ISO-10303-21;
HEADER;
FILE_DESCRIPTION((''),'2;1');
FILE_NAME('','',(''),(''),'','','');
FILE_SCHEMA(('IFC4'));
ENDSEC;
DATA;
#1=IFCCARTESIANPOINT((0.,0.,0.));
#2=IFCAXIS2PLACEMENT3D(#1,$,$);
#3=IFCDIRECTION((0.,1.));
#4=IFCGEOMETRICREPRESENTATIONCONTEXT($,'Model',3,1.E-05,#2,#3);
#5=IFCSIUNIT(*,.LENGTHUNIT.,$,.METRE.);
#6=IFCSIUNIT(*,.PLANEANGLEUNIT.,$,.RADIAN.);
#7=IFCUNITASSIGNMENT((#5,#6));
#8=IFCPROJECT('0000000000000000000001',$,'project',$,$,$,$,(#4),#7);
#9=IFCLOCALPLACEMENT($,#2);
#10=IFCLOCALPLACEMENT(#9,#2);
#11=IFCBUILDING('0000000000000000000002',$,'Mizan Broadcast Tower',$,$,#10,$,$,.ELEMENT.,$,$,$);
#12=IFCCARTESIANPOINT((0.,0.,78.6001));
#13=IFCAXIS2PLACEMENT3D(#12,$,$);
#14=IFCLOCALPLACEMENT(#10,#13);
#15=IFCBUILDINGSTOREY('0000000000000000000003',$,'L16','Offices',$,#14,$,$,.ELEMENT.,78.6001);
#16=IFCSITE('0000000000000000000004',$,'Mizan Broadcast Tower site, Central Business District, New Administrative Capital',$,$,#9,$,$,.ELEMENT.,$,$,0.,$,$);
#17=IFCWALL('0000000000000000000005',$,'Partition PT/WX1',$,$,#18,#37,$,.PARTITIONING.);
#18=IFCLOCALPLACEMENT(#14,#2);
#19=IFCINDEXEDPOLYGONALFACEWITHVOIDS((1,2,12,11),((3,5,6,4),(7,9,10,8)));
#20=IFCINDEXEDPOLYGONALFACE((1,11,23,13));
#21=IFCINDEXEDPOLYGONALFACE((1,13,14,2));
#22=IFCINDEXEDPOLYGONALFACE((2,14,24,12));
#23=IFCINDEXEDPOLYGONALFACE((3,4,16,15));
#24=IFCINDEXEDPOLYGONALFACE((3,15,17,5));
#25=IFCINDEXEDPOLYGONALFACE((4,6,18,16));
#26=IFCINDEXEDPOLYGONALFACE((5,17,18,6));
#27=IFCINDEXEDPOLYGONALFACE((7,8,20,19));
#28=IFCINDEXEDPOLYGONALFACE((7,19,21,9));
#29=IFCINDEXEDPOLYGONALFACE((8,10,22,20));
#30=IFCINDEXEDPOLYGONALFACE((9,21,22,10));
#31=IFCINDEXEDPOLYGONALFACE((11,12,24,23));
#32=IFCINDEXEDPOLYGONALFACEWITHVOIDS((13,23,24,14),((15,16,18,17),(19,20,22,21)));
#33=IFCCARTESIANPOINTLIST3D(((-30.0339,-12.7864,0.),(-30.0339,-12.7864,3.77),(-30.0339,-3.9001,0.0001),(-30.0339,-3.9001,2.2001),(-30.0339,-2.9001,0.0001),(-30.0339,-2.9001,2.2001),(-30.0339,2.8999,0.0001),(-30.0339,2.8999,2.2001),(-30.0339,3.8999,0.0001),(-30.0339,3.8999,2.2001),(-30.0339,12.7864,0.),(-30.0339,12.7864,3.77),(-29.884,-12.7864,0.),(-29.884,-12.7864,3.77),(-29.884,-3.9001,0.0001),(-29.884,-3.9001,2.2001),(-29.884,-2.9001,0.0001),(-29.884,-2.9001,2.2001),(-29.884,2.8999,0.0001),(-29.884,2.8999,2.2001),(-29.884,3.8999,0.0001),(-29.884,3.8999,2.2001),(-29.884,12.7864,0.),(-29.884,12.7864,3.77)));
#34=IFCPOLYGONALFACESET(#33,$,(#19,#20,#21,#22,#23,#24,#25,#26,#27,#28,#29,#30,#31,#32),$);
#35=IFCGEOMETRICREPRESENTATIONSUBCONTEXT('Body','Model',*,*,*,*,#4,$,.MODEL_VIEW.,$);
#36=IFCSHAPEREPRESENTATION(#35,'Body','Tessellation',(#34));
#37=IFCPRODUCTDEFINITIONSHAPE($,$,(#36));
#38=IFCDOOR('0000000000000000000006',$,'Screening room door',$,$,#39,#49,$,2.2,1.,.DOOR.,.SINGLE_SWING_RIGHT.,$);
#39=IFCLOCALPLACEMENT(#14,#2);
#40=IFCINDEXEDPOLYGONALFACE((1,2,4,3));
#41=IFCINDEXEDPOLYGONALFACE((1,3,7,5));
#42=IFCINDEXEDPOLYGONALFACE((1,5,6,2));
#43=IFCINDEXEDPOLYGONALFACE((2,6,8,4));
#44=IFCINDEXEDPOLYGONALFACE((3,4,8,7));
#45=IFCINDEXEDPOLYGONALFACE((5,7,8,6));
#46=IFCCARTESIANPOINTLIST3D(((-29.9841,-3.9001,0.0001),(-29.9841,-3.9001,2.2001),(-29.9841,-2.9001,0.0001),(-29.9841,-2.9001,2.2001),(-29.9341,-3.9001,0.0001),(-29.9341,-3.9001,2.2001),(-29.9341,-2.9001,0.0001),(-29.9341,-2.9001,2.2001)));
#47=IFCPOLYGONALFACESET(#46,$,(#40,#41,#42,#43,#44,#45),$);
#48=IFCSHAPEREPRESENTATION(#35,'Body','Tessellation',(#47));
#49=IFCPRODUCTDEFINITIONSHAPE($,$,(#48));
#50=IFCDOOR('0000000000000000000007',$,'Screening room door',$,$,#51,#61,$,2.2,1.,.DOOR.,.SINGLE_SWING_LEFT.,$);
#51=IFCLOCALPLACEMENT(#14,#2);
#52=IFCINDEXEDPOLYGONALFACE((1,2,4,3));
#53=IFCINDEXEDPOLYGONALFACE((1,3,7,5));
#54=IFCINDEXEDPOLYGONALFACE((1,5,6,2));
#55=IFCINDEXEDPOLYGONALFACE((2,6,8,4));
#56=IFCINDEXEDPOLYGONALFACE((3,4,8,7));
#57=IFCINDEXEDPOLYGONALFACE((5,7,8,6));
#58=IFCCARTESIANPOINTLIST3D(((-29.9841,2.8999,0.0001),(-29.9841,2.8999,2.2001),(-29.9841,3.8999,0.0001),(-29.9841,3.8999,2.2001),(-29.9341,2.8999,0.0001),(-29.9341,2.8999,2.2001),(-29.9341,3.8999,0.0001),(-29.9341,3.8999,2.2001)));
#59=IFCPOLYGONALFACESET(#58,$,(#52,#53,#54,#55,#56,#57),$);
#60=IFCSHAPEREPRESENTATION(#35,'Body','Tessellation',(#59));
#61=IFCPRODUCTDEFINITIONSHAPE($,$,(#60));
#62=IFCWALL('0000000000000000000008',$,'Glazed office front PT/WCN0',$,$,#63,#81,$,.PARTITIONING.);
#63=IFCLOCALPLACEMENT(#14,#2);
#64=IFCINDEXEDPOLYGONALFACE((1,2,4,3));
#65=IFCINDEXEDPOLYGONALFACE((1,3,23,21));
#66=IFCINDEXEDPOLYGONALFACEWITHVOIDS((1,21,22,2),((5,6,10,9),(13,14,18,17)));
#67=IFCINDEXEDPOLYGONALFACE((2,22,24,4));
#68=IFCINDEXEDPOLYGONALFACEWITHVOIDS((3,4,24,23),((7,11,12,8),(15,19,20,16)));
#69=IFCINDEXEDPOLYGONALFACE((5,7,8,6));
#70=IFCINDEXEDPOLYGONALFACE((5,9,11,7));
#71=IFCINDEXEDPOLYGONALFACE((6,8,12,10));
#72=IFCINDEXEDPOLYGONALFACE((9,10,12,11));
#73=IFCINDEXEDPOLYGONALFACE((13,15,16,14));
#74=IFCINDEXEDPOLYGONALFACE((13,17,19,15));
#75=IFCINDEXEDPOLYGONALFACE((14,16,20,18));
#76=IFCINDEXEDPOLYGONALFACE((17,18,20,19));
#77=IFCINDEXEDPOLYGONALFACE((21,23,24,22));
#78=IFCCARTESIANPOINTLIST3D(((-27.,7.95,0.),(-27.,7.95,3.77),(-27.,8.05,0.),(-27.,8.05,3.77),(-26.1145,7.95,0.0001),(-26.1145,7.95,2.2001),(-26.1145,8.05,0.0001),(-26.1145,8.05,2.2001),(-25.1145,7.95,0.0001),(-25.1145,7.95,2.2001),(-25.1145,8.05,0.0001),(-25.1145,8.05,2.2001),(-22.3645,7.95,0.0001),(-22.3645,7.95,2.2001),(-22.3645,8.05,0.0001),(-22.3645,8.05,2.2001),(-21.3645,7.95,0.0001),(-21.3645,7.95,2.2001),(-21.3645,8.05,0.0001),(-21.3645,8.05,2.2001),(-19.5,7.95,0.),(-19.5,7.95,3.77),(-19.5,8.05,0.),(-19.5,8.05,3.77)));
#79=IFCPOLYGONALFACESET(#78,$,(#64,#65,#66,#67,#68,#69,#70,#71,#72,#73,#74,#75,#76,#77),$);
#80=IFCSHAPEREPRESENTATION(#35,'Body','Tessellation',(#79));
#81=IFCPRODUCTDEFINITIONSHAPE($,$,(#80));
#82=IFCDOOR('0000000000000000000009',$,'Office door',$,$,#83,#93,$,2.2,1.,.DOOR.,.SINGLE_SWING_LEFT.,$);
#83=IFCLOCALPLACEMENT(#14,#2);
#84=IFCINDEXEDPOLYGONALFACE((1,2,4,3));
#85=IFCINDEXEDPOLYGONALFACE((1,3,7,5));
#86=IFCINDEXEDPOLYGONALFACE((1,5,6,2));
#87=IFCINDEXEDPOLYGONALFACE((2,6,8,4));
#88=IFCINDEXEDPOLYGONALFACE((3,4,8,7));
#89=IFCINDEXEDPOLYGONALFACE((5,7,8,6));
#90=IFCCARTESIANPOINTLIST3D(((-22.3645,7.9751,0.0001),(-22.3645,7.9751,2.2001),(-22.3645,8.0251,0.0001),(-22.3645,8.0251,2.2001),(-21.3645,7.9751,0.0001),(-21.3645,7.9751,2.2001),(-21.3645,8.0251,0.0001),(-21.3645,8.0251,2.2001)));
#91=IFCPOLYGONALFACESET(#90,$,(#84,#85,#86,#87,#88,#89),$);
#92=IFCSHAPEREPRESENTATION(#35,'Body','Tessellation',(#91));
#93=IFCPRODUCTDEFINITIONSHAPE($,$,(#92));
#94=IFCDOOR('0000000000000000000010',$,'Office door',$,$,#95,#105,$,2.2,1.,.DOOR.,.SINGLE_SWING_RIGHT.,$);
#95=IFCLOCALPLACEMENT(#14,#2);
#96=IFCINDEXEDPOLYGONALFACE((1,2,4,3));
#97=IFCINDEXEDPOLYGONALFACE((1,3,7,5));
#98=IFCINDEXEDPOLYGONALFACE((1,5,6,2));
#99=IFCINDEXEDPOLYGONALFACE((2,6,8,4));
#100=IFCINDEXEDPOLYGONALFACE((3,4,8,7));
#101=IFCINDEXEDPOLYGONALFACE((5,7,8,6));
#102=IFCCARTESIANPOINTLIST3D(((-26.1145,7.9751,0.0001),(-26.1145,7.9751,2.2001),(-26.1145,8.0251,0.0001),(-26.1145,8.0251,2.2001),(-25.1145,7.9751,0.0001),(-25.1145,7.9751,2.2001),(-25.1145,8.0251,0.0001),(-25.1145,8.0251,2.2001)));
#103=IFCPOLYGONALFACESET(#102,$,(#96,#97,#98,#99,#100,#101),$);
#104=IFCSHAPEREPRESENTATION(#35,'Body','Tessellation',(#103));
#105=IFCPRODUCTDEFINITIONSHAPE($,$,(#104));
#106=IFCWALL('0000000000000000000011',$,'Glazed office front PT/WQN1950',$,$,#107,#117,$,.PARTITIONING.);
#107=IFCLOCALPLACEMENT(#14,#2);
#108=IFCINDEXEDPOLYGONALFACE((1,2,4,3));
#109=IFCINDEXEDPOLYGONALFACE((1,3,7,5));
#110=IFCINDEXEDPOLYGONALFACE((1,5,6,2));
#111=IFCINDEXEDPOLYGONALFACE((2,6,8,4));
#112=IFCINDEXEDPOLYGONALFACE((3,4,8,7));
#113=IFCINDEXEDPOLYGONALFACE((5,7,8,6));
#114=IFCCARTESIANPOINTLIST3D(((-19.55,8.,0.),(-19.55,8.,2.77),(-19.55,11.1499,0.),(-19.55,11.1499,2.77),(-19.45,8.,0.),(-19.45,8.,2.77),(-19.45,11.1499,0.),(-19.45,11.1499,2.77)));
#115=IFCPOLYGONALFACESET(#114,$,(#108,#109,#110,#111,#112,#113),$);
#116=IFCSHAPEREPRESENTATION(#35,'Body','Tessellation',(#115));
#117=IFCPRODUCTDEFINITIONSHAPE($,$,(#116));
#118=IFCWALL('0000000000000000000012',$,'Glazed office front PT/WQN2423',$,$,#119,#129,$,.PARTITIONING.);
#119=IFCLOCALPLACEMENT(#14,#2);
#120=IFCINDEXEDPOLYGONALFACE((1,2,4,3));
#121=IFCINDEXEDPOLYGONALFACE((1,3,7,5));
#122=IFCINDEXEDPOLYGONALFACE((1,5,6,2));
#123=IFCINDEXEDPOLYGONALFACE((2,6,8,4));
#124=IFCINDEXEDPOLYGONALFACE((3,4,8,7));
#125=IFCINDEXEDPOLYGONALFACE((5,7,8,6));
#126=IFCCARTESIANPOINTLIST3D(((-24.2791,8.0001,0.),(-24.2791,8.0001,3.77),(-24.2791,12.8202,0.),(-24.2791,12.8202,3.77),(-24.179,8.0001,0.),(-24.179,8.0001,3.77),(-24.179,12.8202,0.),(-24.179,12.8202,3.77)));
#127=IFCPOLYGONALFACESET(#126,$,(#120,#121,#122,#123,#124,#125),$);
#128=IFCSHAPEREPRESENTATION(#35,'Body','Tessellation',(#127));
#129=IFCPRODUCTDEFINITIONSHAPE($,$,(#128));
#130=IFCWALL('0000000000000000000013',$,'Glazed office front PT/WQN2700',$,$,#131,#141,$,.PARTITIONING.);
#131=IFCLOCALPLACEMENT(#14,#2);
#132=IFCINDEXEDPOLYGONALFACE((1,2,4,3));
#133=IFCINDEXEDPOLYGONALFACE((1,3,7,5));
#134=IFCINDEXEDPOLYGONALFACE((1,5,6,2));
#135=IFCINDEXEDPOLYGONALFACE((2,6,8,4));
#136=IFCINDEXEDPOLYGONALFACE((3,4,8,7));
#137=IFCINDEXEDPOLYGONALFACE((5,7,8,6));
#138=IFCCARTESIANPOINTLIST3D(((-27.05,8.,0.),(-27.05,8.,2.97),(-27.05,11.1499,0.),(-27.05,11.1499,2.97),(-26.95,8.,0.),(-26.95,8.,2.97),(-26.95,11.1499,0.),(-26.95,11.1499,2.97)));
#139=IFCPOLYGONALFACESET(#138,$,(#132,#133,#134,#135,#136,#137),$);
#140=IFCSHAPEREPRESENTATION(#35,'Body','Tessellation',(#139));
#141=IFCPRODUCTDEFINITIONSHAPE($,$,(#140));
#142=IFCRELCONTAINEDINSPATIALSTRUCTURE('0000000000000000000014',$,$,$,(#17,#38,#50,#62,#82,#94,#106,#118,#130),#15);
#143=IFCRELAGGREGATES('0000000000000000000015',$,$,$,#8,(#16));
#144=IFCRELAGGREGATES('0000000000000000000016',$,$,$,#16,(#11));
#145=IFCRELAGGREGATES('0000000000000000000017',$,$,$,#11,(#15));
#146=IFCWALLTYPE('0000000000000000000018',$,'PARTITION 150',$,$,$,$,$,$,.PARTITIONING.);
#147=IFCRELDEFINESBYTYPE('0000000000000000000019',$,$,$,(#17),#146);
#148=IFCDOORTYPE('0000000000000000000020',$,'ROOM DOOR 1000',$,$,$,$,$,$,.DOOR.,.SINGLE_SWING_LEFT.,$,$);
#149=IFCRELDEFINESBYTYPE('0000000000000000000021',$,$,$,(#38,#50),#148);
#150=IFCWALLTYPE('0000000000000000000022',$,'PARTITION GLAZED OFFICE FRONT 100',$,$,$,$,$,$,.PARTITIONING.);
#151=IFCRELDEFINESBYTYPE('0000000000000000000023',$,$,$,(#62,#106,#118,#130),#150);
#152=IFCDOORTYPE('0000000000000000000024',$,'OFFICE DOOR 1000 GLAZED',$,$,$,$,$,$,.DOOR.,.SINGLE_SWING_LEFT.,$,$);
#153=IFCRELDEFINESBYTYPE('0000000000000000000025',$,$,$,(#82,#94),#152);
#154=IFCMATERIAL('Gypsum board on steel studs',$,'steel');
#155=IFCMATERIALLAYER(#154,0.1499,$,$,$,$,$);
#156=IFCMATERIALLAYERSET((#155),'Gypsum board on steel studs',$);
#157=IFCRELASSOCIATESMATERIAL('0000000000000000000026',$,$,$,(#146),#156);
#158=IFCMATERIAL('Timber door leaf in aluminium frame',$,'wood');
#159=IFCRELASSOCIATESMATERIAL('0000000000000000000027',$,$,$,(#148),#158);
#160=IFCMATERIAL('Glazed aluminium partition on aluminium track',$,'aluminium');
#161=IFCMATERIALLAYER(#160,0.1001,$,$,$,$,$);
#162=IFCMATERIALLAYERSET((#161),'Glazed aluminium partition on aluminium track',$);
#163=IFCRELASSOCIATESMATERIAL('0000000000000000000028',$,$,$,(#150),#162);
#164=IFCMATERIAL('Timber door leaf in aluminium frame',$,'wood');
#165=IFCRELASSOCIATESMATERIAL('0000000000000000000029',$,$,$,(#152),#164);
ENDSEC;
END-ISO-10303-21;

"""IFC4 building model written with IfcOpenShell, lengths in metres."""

from ifc_helpers import new_model, si_unit, direction, frame, frame_2d, origin, place, context, subcontext, project, spatial, rectangle, extrude, material, layer, layer_set, type_object, element, fill, save


model = new_model("IFC4")

# Units and contexts
model_context = context("Model", 3, precision=1e-05, world=origin(), true_north=direction((0.0, 1.0)))
body_context = subcontext(model_context, "Body", "Model", "MODEL_VIEW")
ifc_project = project(units=[si_unit("LENGTHUNIT", "METRE"), si_unit("PLANEANGLEUNIT", "RADIAN")], contexts=[model_context])

# Site, building, storey
site_placement = place(None, origin())
site = spatial("IfcSite", under=ifc_project, at=site_placement, Name="Mizan Broadcast Tower site, Central Business District, New Administrative Capital", CompositionType="ELEMENT", RefElevation=0.0)
building_placement = place(site_placement, origin())
building = spatial("IfcBuilding", under=site, at=building_placement, Name="Mizan Broadcast Tower", CompositionType="ELEMENT")
storey_placement = place(building_placement, frame((0.0, 0.0, 78.6001)))
storey = spatial("IfcBuildingStorey", under=building, at=storey_placement, Name="L16", Description="Offices", CompositionType="ELEMENT", Elevation=78.6001)

# Walls, openings, doors
ifc_material_1 = material(Name="Gypsum board on steel studs", Category="steel")
ifc_layer_1 = layer(ifc_material_1, 0.1499)
ifc_layer_set_1 = layer_set([ifc_layer_1], Name="Gypsum board on steel studs")
wall_type_1 = type_object("IfcWallType", Name="PARTITION 150", PredefinedType="PARTITIONING", material=ifc_layer_set_1)
wall_1_placement = place(storey_placement, frame((-29.959, 12.7864, 0.0), z_axis=(0.0, 0.0, 1.0), x_axis=(0.0, -1.0, 0.0)))
wall_1 = element("IfcWall", 1, at=wall_1_placement, inside=storey, type_object=wall_type_1, Name="Partition PT/WX1", PredefinedType="PARTITIONING", context=body_context, shape_type="SweptSolid", body=[
    extrude(rectangle(XDim=25.5728, YDim=0.1499, at=frame_2d((12.7864, 0.0))), origin(), (0.0, 0.0, 1.0), 3.77),
])
opening_1_placement = place(wall_1_placement, frame((15.6865, 0.0, 0.0)))
opening_1 = element("IfcOpeningElement", 2, at=opening_1_placement, cuts=wall_1, PredefinedType="OPENING", context=body_context, shape_type="SweptSolid", body=[
    extrude(rectangle(XDim=1.0, YDim=2.2, at=frame_2d((0.5, 1.1001))), frame((0.0, 0.085, 0.0), z_axis=(0.0, -1.0, 0.0), x_axis=(1.0, 0.0, 0.0)), (0.0, 0.0, 1.0), 0.1699),
])
opening_2_placement = place(wall_1_placement, frame((8.8865, 0.0, 0.0)))
opening_2 = element("IfcOpeningElement", 3, at=opening_2_placement, cuts=wall_1, PredefinedType="OPENING", context=body_context, shape_type="SweptSolid", body=[
    extrude(rectangle(XDim=1.0, YDim=2.2, at=frame_2d((0.5, 1.1001))), frame((0.0, 0.085, 0.0), z_axis=(0.0, -1.0, 0.0), x_axis=(1.0, 0.0, 0.0)), (0.0, 0.0, 1.0), 0.1699),
])
ifc_material_2 = material(Name="Timber door leaf in aluminium frame", Category="wood")
door_type_1 = type_object("IfcDoorType", Name="ROOM DOOR 1000", OperationType="SINGLE_SWING_LEFT", PredefinedType="DOOR", material=ifc_material_2)
door_1_placement = place(opening_1_placement, origin())
door_1 = element("IfcDoor", 4, at=door_1_placement, inside=storey, type_object=door_type_1, Name="Screening room door", OperationType="SINGLE_SWING_RIGHT", OverallHeight=2.2, OverallWidth=1.0, PredefinedType="DOOR", context=body_context, shape_type="SweptSolid", body=[
    extrude(rectangle(XDim=1.0, YDim=2.2, at=frame_2d((0.5, 1.1001))), frame((0.0, 0.0249, 0.0), z_axis=(0.0, -1.0, 0.0), x_axis=(1.0, 0.0, 0.0)), (0.0, 0.0, 1.0), 0.05),
])
fill(opening_1, door_1)
door_2_placement = place(opening_2_placement, origin())
door_2 = element("IfcDoor", 5, at=door_2_placement, inside=storey, type_object=door_type_1, Name="Screening room door", OperationType="SINGLE_SWING_LEFT", OverallHeight=2.2, OverallWidth=1.0, PredefinedType="DOOR", context=body_context, shape_type="SweptSolid", body=[
    extrude(rectangle(XDim=1.0, YDim=2.2, at=frame_2d((0.5, 1.1001))), frame((0.0, 0.0249, 0.0), z_axis=(0.0, -1.0, 0.0), x_axis=(1.0, 0.0, 0.0)), (0.0, 0.0, 1.0), 0.05),
])
fill(opening_2, door_2)
ifc_material_3 = material(Name="Glazed aluminium partition on aluminium track", Category="aluminium")
ifc_layer_2 = layer(ifc_material_3, 0.1001)
ifc_layer_set_2 = layer_set([ifc_layer_2], Name="Glazed aluminium partition on aluminium track")
wall_type_2 = type_object("IfcWallType", Name="PARTITION GLAZED OFFICE FRONT 100", PredefinedType="PARTITIONING", material=ifc_layer_set_2)
wall_2_placement = place(storey_placement, frame((-19.5, 8.0, 0.0), z_axis=(0.0, 0.0, 1.0), x_axis=(-1.0, 0.0, 0.0)))
wall_2 = element("IfcWall", 6, at=wall_2_placement, inside=storey, type_object=wall_type_2, Name="Glazed office front PT/WCN0", PredefinedType="PARTITIONING", context=body_context, shape_type="SweptSolid", body=[
    extrude(rectangle(XDim=7.5, YDim=0.1001, at=frame_2d((3.75, 0.0))), origin(), (0.0, 0.0, 1.0), 3.77),
])
opening_3_placement = place(wall_2_placement, frame((1.8645, 0.0, 0.0)))
opening_3 = element("IfcOpeningElement", 7, at=opening_3_placement, cuts=wall_2, PredefinedType="OPENING", context=body_context, shape_type="SweptSolid", body=[
    extrude(rectangle(XDim=1.0, YDim=2.2, at=frame_2d((0.5, 1.1001))), frame((0.0, 0.0601, 0.0), z_axis=(0.0, -1.0, 0.0), x_axis=(1.0, 0.0, 0.0)), (0.0, 0.0, 1.0), 0.1201),
])
opening_4_placement = place(wall_2_placement, frame((5.6145, 0.0, 0.0)))
opening_4 = element("IfcOpeningElement", 8, at=opening_4_placement, cuts=wall_2, PredefinedType="OPENING", context=body_context, shape_type="SweptSolid", body=[
    extrude(rectangle(XDim=1.0, YDim=2.2, at=frame_2d((0.5, 1.1001))), frame((0.0, 0.0601, 0.0), z_axis=(0.0, -1.0, 0.0), x_axis=(1.0, 0.0, 0.0)), (0.0, 0.0, 1.0), 0.1201),
])
ifc_material_4 = material(Name="Timber door leaf in aluminium frame", Category="wood")
door_type_2 = type_object("IfcDoorType", Name="OFFICE DOOR 1000 GLAZED", OperationType="SINGLE_SWING_LEFT", PredefinedType="DOOR", material=ifc_material_4)
door_3_placement = place(opening_3_placement, origin())
door_3 = element("IfcDoor", 9, at=door_3_placement, inside=storey, type_object=door_type_2, Name="Office door", OperationType="SINGLE_SWING_LEFT", OverallHeight=2.2, OverallWidth=1.0, PredefinedType="DOOR", context=body_context, shape_type="SweptSolid", body=[
    extrude(rectangle(XDim=1.0, YDim=2.2, at=frame_2d((0.5, 1.1001))), frame((0.0, 0.0249, 0.0), z_axis=(0.0, -1.0, 0.0), x_axis=(1.0, 0.0, 0.0)), (0.0, 0.0, 1.0), 0.05),
])
fill(opening_3, door_3)
door_4_placement = place(opening_4_placement, origin())
door_4 = element("IfcDoor", 10, at=door_4_placement, inside=storey, type_object=door_type_2, Name="Office door", OperationType="SINGLE_SWING_RIGHT", OverallHeight=2.2, OverallWidth=1.0, PredefinedType="DOOR", context=body_context, shape_type="SweptSolid", body=[
    extrude(rectangle(XDim=1.0, YDim=2.2, at=frame_2d((0.5, 1.1001))), frame((0.0, 0.0249, 0.0), z_axis=(0.0, -1.0, 0.0), x_axis=(1.0, 0.0, 0.0)), (0.0, 0.0, 1.0), 0.05),
])
fill(opening_4, door_4)

# Walls
wall_3_placement = place(storey_placement, frame((-19.5, 8.0, 0.0), z_axis=(0.0, 0.0, 1.0), x_axis=(0.0, 1.0, 0.0)))
element("IfcWall", 11, at=wall_3_placement, inside=storey, type_object=wall_type_2, Name="Glazed office front PT/WQN1950", PredefinedType="PARTITIONING", context=body_context, shape_type="SweptSolid", body=[
    extrude(rectangle(XDim=3.1499, YDim=0.1001, at=frame_2d((1.575, 0.0))), origin(), (0.0, 0.0, 1.0), 2.77),
])
wall_4_placement = place(storey_placement, frame((-24.229, 8.0, 0.0), z_axis=(0.0, 0.0, 1.0), x_axis=(0.0, 1.0, 0.0)))
element("IfcWall", 12, at=wall_4_placement, inside=storey, type_object=wall_type_2, Name="Glazed office front PT/WQN2423", PredefinedType="PARTITIONING", context=body_context, shape_type="SweptSolid", body=[
    extrude(rectangle(XDim=4.8201, YDim=0.1001, at=frame_2d((2.4102, 0.0))), origin(), (0.0, 0.0, 1.0), 3.77),
])
wall_5_placement = place(storey_placement, frame((-27.0, 8.0, 0.0), z_axis=(0.0, 0.0, 1.0), x_axis=(0.0, 1.0, 0.0)))
element("IfcWall", 13, at=wall_5_placement, inside=storey, type_object=wall_type_2, Name="Glazed office front PT/WQN2700", PredefinedType="PARTITIONING", context=body_context, shape_type="SweptSolid", body=[
    extrude(rectangle(XDim=3.1499, YDim=0.1001, at=frame_2d((1.575, 0.0))), origin(), (0.0, 0.0, 1.0), 2.97),
])

save(model, "model.ifc")
